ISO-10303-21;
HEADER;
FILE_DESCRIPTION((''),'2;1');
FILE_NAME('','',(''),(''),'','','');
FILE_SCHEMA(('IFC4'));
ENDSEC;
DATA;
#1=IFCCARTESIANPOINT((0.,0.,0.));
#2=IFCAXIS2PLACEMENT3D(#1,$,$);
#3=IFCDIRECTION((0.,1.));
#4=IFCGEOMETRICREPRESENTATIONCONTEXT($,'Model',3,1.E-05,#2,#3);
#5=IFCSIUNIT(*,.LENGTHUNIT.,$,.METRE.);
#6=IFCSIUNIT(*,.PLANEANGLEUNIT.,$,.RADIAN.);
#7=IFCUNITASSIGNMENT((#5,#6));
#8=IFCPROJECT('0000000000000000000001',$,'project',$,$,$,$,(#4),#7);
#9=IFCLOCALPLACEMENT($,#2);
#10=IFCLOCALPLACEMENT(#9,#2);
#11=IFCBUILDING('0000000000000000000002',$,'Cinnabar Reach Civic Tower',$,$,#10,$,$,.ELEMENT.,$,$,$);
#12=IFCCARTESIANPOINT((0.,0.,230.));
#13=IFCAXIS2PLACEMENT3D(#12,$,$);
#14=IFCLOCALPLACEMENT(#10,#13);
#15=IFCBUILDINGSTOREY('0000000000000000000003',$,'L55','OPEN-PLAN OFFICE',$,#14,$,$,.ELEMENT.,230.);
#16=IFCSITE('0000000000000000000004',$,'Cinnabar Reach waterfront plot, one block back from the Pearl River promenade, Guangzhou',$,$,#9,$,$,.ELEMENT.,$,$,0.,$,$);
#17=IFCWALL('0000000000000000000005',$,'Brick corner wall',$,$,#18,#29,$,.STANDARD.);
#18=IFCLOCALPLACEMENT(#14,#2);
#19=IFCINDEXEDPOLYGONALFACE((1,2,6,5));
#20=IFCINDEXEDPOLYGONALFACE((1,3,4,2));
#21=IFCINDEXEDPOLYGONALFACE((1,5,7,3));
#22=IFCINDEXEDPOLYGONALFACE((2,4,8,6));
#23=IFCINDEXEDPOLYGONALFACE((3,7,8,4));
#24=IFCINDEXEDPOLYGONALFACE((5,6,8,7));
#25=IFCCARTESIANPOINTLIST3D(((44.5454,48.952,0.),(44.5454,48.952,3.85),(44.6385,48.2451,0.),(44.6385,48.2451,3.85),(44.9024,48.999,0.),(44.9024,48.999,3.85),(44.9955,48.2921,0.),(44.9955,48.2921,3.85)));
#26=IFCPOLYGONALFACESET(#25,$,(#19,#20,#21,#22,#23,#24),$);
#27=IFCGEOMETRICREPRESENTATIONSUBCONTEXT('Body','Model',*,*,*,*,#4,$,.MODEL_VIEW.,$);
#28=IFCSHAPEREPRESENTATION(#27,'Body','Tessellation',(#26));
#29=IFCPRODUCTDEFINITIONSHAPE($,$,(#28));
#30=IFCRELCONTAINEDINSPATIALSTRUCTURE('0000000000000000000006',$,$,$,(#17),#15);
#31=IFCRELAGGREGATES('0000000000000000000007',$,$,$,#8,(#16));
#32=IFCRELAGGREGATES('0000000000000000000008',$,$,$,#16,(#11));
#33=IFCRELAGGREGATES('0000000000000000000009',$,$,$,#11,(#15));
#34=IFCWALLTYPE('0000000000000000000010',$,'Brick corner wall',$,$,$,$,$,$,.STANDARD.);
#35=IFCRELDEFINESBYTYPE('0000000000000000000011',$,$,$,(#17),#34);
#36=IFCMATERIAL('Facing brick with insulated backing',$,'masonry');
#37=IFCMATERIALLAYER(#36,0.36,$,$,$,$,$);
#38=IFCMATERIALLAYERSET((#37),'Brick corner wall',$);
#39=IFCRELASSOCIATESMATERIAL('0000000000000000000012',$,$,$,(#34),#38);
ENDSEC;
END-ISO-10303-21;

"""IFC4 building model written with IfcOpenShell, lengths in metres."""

from ifc_helpers import new_model, si_unit, direction, frame, frame_2d, origin, place, context, subcontext, project, spatial, rectangle, extrude, material, layer, layer_set, type_object, element, save


model = new_model("IFC4")

# Units and contexts
model_context = context("Model", 3, precision=1e-05, world=origin(), true_north=direction((0.0, 1.0)))
body_context = subcontext(model_context, "Body", "Model", "MODEL_VIEW")
ifc_project = project(units=[si_unit("LENGTHUNIT", "METRE"), si_unit("PLANEANGLEUNIT", "RADIAN")], contexts=[model_context])

# Site, building, storey
site_placement = place(None, origin())
site = spatial("IfcSite", under=ifc_project, at=site_placement, Name="Cinnabar Reach waterfront plot, one block back from the Pearl River promenade, Guangzhou", CompositionType="ELEMENT", RefElevation=0.0)
building_placement = place(site_placement, origin())
building = spatial("IfcBuilding", under=site, at=building_placement, Name="Cinnabar Reach Civic Tower", CompositionType="ELEMENT")
storey_placement = place(building_placement, frame((0.0, 0.0, 230.0)))
storey = spatial("IfcBuildingStorey", under=building, at=storey_placement, Name="L55", Description="OPEN-PLAN OFFICE", CompositionType="ELEMENT", Elevation=230.0)

# Wall
ifc_material_1 = material(Name="Facing brick with insulated backing", Category="masonry")
ifc_layer = layer(ifc_material_1, 0.36)
ifc_layer_set = layer_set([ifc_layer], Name="Brick corner wall")
wall_type = type_object("IfcWallType", Name="Brick corner wall", PredefinedType="STANDARD", material=ifc_layer_set)
wall_placement = place(storey_placement, frame((44.817, 48.2686, 0.0), z_axis=(0.0, 0.0, 1.0), x_axis=(-0.130556, 0.991441, 0.0)))
element("IfcWall", 1, at=wall_placement, inside=storey, type_object=wall_type, Name="Brick corner wall", PredefinedType="STANDARD", context=body_context, shape_type="SweptSolid", body=[
    extrude(rectangle(XDim=0.7131, YDim=0.36, at=frame_2d((0.3565, 0.0))), origin(), (0.0, 0.0, 1.0), 3.85),
])

save(model, "model.ifc")
